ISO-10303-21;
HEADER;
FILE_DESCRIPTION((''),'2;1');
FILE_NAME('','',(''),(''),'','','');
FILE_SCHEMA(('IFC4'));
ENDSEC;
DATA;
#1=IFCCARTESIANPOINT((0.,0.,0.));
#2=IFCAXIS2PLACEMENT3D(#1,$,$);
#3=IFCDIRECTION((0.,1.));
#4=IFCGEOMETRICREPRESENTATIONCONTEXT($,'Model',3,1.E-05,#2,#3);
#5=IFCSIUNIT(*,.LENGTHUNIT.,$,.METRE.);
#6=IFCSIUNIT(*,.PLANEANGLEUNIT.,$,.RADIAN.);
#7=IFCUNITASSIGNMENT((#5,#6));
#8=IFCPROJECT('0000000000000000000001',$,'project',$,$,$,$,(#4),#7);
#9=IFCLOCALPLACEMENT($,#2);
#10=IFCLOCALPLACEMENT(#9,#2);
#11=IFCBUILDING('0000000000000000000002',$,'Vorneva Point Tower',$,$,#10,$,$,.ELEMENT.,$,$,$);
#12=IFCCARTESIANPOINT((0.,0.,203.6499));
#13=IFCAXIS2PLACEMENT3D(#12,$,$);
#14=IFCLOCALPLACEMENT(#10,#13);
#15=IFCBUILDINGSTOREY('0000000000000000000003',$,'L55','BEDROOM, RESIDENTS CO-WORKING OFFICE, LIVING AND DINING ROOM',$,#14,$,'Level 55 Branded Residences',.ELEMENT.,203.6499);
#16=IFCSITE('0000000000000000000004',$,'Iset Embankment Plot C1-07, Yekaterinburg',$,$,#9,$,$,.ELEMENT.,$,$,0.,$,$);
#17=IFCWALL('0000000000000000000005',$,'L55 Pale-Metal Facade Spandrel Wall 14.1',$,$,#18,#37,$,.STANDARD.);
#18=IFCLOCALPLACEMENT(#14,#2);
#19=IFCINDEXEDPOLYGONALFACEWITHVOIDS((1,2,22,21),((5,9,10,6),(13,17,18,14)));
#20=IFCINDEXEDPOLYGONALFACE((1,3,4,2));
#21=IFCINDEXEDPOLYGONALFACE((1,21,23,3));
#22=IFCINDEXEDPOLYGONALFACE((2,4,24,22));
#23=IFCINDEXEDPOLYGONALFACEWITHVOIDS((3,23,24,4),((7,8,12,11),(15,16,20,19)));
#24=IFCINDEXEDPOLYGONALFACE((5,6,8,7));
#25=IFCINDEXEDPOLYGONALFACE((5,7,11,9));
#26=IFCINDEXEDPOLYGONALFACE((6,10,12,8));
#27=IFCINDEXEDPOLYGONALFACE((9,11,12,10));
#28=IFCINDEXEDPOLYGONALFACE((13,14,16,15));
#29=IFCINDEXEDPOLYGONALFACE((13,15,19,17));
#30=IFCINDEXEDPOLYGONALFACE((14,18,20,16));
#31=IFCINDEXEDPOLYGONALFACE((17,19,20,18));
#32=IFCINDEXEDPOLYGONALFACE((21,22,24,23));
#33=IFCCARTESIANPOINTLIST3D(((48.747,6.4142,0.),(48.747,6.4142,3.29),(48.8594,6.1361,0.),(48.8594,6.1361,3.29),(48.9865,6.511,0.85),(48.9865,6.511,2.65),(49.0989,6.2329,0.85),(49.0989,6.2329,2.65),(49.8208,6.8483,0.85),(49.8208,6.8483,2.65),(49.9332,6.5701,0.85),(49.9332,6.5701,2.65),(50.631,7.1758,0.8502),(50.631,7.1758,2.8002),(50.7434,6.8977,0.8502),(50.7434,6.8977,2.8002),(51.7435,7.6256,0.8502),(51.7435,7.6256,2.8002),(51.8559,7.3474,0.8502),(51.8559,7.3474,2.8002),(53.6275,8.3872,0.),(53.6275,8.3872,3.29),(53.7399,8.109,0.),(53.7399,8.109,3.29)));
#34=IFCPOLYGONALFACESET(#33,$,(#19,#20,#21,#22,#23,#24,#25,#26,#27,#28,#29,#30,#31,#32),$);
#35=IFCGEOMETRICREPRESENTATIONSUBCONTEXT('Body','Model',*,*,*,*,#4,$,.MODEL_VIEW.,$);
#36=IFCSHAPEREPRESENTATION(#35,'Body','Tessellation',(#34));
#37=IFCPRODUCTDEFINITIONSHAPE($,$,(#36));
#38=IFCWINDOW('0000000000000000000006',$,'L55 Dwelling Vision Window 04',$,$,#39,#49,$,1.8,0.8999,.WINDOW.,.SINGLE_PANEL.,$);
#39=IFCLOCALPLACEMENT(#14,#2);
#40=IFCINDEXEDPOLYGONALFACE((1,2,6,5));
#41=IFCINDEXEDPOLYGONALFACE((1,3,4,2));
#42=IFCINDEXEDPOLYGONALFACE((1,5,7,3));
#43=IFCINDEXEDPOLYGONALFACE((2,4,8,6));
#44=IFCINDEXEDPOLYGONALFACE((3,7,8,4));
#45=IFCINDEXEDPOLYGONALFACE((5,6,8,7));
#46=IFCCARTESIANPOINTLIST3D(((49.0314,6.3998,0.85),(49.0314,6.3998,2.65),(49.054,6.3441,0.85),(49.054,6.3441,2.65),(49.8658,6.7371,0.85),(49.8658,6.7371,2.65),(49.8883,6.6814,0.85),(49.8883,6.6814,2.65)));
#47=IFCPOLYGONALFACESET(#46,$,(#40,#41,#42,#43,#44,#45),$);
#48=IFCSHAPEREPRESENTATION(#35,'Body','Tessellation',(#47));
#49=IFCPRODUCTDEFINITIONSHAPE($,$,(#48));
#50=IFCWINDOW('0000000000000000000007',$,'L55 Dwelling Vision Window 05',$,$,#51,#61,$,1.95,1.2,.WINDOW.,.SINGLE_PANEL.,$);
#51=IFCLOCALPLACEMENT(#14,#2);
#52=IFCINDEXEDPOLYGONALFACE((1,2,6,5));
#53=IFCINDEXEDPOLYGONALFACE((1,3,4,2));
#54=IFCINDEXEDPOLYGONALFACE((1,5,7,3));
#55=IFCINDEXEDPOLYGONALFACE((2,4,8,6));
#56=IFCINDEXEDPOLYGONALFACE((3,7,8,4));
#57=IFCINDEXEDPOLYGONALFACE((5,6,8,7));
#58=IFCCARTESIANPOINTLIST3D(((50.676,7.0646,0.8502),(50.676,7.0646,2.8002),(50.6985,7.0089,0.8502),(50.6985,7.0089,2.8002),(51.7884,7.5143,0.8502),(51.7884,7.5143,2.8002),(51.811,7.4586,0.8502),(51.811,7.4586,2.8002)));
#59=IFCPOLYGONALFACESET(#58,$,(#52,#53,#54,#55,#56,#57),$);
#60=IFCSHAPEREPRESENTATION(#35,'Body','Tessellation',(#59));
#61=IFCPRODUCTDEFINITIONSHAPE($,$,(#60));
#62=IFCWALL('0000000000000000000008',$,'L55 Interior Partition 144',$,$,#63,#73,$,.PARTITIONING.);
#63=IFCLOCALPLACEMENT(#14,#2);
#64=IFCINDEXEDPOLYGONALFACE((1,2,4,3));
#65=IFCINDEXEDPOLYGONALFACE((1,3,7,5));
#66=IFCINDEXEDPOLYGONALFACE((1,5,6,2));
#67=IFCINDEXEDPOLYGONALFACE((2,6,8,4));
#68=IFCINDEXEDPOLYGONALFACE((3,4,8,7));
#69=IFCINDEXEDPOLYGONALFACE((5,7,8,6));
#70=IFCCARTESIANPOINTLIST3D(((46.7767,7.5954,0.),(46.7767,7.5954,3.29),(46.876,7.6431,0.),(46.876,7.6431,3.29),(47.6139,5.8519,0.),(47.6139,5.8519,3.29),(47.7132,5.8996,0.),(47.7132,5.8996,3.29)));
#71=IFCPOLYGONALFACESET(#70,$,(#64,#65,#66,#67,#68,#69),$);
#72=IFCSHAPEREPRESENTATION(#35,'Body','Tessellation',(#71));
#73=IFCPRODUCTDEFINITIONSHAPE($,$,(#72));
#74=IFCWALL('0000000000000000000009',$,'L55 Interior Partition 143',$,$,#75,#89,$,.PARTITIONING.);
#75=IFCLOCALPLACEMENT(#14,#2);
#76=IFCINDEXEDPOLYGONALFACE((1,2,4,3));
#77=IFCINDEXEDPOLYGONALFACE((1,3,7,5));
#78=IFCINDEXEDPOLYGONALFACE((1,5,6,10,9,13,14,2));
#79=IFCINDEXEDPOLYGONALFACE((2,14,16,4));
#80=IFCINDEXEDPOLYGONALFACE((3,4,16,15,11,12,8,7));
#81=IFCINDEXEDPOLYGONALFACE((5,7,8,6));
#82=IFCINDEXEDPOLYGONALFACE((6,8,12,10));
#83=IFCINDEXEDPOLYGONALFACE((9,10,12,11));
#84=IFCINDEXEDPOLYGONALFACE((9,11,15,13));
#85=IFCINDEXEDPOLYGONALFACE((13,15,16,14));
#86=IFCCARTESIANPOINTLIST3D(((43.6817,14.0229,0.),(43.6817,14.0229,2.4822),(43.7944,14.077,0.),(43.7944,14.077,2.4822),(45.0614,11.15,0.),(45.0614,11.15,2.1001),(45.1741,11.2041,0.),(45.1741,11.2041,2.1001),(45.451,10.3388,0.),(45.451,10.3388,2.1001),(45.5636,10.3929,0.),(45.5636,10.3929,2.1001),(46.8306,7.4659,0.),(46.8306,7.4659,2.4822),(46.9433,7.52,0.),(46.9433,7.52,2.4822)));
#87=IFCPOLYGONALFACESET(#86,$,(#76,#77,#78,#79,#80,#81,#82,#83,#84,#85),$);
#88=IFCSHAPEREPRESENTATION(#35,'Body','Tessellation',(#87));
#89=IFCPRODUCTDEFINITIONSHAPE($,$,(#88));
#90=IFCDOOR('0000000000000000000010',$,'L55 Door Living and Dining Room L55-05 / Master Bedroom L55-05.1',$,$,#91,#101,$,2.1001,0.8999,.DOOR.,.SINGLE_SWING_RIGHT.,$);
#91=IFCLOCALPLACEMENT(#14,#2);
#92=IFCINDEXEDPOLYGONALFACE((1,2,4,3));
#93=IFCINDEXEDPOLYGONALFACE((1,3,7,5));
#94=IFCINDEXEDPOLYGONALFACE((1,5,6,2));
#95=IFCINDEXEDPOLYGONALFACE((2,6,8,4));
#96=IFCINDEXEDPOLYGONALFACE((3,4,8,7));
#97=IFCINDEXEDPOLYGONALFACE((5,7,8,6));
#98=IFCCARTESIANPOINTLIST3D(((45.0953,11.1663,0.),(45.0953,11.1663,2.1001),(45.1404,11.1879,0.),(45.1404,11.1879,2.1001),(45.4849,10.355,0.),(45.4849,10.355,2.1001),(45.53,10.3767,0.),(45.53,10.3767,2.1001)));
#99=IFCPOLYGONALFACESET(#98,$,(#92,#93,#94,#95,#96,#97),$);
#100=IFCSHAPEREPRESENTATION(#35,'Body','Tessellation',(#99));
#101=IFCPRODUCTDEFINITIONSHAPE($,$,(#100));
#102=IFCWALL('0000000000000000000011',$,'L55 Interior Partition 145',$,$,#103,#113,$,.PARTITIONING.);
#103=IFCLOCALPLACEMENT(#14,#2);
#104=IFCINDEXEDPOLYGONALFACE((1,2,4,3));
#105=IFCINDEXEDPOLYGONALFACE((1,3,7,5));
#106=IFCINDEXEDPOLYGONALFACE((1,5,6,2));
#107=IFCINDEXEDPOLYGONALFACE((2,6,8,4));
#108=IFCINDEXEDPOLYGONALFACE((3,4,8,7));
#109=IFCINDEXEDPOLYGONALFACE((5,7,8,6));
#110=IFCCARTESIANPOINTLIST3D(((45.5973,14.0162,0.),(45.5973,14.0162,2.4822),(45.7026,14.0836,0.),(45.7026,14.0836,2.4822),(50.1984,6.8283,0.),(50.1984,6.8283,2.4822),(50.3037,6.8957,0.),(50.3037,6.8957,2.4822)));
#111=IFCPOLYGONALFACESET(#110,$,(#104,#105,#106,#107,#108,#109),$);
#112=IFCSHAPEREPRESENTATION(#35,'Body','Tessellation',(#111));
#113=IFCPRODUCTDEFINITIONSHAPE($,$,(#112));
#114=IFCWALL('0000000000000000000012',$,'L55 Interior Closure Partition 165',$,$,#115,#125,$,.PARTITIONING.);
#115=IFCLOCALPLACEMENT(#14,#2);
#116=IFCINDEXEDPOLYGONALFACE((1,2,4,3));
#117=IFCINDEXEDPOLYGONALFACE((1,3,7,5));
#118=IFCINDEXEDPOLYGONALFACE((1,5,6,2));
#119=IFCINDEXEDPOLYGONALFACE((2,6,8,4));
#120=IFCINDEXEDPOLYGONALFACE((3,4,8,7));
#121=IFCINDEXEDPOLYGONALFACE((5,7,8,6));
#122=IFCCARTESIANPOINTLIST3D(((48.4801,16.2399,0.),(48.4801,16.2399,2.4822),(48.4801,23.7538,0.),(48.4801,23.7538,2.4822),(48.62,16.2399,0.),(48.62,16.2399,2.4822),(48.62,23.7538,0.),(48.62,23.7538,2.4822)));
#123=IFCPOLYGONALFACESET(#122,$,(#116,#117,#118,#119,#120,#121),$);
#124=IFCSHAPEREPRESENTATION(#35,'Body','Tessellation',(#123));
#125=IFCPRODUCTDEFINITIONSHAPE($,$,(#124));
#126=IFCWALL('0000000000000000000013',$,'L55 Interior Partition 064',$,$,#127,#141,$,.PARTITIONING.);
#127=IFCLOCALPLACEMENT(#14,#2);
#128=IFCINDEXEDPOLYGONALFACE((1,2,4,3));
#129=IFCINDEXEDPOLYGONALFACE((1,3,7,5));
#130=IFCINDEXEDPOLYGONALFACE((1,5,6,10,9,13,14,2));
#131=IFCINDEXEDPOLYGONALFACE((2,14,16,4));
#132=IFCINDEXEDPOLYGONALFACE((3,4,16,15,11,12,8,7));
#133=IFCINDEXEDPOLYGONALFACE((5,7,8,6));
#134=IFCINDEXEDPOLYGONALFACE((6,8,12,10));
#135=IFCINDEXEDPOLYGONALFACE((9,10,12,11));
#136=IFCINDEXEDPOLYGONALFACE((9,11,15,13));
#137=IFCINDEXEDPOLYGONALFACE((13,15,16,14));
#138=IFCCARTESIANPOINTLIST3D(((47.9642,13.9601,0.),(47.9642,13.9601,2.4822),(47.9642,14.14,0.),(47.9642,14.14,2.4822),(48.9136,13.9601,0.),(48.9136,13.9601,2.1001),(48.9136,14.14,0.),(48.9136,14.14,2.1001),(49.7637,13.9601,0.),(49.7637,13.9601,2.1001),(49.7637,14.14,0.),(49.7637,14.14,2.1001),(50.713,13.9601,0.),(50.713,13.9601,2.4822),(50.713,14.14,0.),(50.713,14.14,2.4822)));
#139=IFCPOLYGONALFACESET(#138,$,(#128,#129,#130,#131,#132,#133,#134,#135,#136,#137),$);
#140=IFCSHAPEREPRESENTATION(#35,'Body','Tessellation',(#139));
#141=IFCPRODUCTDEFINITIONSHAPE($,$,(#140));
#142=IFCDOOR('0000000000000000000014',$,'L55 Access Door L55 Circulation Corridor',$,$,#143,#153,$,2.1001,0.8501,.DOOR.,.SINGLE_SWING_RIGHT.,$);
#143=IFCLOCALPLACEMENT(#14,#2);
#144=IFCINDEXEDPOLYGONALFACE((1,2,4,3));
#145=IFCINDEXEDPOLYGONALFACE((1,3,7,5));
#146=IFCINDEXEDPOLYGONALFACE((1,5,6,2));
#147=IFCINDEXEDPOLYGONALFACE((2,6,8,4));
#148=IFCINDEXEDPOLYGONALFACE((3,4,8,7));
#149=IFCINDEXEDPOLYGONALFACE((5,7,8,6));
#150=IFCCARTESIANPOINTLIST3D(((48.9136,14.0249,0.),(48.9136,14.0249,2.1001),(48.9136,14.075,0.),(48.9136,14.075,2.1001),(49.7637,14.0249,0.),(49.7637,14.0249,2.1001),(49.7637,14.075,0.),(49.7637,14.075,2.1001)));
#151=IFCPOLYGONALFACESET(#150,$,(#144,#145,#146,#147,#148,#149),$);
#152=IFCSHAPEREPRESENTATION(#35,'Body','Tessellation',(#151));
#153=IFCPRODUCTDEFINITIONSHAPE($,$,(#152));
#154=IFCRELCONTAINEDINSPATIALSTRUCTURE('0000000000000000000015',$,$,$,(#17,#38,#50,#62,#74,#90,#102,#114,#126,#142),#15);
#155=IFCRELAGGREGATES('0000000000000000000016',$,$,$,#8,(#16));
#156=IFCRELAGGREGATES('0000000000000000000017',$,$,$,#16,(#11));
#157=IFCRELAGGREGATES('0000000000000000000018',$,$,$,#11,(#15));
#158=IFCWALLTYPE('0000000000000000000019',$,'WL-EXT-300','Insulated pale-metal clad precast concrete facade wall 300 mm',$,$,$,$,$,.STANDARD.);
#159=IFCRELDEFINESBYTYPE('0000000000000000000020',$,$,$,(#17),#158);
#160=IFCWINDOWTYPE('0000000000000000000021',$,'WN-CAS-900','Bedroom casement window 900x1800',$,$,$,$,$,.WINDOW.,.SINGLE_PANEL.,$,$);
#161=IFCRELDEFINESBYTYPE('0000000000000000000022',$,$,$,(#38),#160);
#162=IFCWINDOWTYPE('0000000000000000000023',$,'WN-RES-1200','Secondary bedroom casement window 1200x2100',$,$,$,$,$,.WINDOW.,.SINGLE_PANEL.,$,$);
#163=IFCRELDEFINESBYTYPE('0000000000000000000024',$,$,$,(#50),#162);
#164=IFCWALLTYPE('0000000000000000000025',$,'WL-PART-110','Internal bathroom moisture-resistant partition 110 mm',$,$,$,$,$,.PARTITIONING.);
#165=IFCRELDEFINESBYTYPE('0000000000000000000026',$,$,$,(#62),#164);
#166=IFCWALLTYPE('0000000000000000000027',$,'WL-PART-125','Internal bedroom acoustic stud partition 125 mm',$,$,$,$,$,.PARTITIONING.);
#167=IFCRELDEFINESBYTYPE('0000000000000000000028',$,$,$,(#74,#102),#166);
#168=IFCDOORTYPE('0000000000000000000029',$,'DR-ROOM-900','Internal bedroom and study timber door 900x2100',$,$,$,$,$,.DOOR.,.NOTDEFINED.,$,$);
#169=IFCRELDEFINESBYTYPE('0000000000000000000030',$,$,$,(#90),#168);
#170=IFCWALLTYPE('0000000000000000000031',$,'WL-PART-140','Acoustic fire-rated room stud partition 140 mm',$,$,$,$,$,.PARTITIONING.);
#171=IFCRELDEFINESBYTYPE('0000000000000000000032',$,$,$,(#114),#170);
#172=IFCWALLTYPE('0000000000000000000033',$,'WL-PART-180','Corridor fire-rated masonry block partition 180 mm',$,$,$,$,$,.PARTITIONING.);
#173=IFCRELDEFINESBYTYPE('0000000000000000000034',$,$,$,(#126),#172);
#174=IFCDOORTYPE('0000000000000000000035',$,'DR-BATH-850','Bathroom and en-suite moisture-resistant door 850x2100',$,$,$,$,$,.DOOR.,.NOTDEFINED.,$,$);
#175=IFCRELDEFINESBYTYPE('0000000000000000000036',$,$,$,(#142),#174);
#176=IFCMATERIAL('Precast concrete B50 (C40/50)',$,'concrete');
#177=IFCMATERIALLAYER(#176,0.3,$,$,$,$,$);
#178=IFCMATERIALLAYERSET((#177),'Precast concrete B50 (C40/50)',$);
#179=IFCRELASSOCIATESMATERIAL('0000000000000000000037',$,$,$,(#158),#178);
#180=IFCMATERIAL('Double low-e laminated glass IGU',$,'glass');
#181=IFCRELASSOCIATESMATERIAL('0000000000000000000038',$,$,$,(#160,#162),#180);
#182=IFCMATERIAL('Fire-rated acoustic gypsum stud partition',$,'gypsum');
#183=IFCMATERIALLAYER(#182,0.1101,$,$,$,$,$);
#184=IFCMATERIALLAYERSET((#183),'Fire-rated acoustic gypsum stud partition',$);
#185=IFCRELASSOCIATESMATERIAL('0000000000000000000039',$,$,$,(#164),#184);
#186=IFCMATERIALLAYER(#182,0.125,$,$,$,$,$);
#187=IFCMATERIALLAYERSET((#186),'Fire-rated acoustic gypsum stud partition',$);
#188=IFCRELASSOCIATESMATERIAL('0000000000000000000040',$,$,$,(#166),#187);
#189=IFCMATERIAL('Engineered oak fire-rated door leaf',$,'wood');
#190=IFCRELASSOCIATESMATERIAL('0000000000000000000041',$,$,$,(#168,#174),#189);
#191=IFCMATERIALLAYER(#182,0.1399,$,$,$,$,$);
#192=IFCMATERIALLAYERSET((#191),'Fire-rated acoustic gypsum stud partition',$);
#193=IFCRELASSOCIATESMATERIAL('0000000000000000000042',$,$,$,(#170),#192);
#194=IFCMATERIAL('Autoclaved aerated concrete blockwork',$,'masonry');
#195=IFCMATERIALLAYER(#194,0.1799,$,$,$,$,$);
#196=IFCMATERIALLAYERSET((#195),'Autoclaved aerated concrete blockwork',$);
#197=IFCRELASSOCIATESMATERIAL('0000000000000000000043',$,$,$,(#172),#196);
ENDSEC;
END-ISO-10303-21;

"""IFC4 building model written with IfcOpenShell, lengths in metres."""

from ifc_helpers import new_model, si_unit, direction, frame, frame_2d, origin, place, context, subcontext, project, spatial, rectangle, extrude, material, layer, layer_set, type_object, element, fill, save


model = new_model("IFC4")

# Units and contexts
model_context = context("Model", 3, precision=1e-05, world=origin(), true_north=direction((0.0, 1.0)))
body_context = subcontext(model_context, "Body", "Model", "MODEL_VIEW")
ifc_project = project(units=[si_unit("LENGTHUNIT", "METRE"), si_unit("PLANEANGLEUNIT", "RADIAN")], contexts=[model_context])

# Site, building, storey
site_placement = place(None, origin())
site = spatial("IfcSite", under=ifc_project, at=site_placement, Name="Iset Embankment Plot C1-07, Yekaterinburg", CompositionType="ELEMENT", RefElevation=0.0)
building_placement = place(site_placement, origin())
building = spatial("IfcBuilding", under=site, at=building_placement, Name="Vorneva Point Tower", CompositionType="ELEMENT")
storey_placement = place(building_placement, frame((0.0, 0.0, 203.6499)))
storey = spatial("IfcBuildingStorey", under=building, at=storey_placement, Name="L55", Description="BEDROOM, RESIDENTS CO-WORKING OFFICE, LIVING AND DINING ROOM", LongName="Level 55 Branded Residences", CompositionType="ELEMENT", Elevation=203.6499)

# Wall, openings, windows
ifc_material_1 = material(Name="Precast concrete B50 (C40/50)", Category="concrete")
ifc_layer_1 = layer(ifc_material_1, 0.3)
ifc_layer_set_1 = layer_set([ifc_layer_1], Name="Precast concrete B50 (C40/50)")
wall_type_1 = type_object("IfcWallType", Name="WL-EXT-300", Description="Insulated pale-metal clad precast concrete facade wall 300 mm", PredefinedType="STANDARD", material=ifc_layer_set_1)
wall_1_placement = place(storey_placement, frame((48.8032, 6.2751, 0.0), z_axis=(0.0, 0.0, 1.0), x_axis=(0.927111, 0.374787, 0.0)))
wall_1 = element("IfcWall", 1, at=wall_1_placement, inside=storey, type_object=wall_type_1, Name="L55 Pale-Metal Facade Spandrel Wall 14.1", PredefinedType="STANDARD", context=body_context, shape_type="SweptSolid", body=[
    extrude(rectangle(XDim=5.2642, YDim=0.3, at=frame_2d((2.6321, 0.0))), origin(), (0.0, 0.0, 1.0), 3.29),
])
opening_1_placement = place(wall_1_placement, frame((0.2583, 0.0, 0.8501)))
opening_1 = element("IfcOpeningElement", 2, at=opening_1_placement, cuts=wall_1, PredefinedType="OPENING", context=body_context, shape_type="SweptSolid", body=[
    extrude(rectangle(XDim=0.8999, YDim=1.8, at=frame_2d((0.45, 0.8999))), frame((0.0, 0.165, 0.0), z_axis=(0.0, -1.0, 0.0), x_axis=(1.0, 0.0, 0.0)), (0.0, 0.0, 1.0), 0.3298),
])
opening_2_placement = place(wall_1_placement, frame((2.032, 0.0, 0.8501)))
opening_2 = element("IfcOpeningElement", 3, at=opening_2_placement, cuts=wall_1, PredefinedType="OPENING", context=body_context, shape_type="SweptSolid", body=[
    extrude(rectangle(XDim=1.2, YDim=1.95, at=frame_2d((0.6001, 0.9751))), frame((0.0, 0.165, 0.0), z_axis=(0.0, -1.0, 0.0), x_axis=(1.0, 0.0, 0.0)), (0.0, 0.0, 1.0), 0.3298),
])
ifc_material_2 = material(Name="Double low-e laminated glass IGU", Category="glass")
window_type_1 = type_object("IfcWindowType", Name="WN-CAS-900", Description="Bedroom casement window 900x1800", PartitioningType="SINGLE_PANEL", PredefinedType="WINDOW", material=ifc_material_2)
window_1_placement = place(opening_1_placement, origin())
window_1 = element("IfcWindow", 4, at=window_1_placement, inside=storey, type_object=window_type_1, Name="L55 Dwelling Vision Window 04", OverallHeight=1.8, OverallWidth=0.8999, PartitioningType="SINGLE_PANEL", PredefinedType="WINDOW", context=body_context, shape_type="SweptSolid", body=[
    extrude(rectangle(XDim=0.8999, YDim=1.8, at=frame_2d((0.45, 0.8999))), frame((0.0, 0.03, 0.0), z_axis=(0.0, -1.0, 0.0), x_axis=(1.0, 0.0, 0.0)), (0.0, 0.0, 1.0), 0.0601),
])
fill(opening_1, window_1)
window_type_2 = type_object("IfcWindowType", Name="WN-RES-1200", Description="Secondary bedroom casement window 1200x2100", PartitioningType="SINGLE_PANEL", PredefinedType="WINDOW", material=ifc_material_2)
window_2_placement = place(opening_2_placement, origin())
window_2 = element("IfcWindow", 5, at=window_2_placement, inside=storey, type_object=window_type_2, Name="L55 Dwelling Vision Window 05", OverallHeight=1.95, OverallWidth=1.2, PartitioningType="SINGLE_PANEL", PredefinedType="WINDOW", context=body_context, shape_type="SweptSolid", body=[
    extrude(rectangle(XDim=1.2, YDim=1.95, at=frame_2d((0.6001, 0.9751))), frame((0.0, 0.03, 0.0), z_axis=(0.0, -1.0, 0.0), x_axis=(1.0, 0.0, 0.0)), (0.0, 0.0, 1.0), 0.0601),
])
fill(opening_2, window_2)

# Wall
ifc_material_3 = material(Name="Fire-rated acoustic gypsum stud partition", Category="gypsum")
ifc_layer_2 = layer(ifc_material_3, 0.1101)
ifc_layer_set_2 = layer_set([ifc_layer_2], Name="Fire-rated acoustic gypsum stud partition")
wall_type_2 = type_object("IfcWallType", Name="WL-PART-110", Description="Internal bathroom moisture-resistant partition 110 mm", PredefinedType="PARTITIONING", material=ifc_layer_set_2)
wall_2_placement = place(storey_placement, frame((47.6636, 5.8757, 0.0), z_axis=(0.0, 0.0, 1.0), x_axis=(-0.432866, 0.901458, 0.0)))
element("IfcWall", 6, at=wall_2_placement, inside=storey, type_object=wall_type_2, Name="L55 Interior Partition 144", PredefinedType="PARTITIONING", context=body_context, shape_type="SweptSolid", body=[
    extrude(rectangle(XDim=1.9341, YDim=0.1101, at=frame_2d((0.967, 0.0))), origin(), (0.0, 0.0, 1.0), 3.29),
])

# Wall, opening, door
ifc_layer_3 = layer(ifc_material_3, 0.125)
ifc_layer_set_3 = layer_set([ifc_layer_3], Name="Fire-rated acoustic gypsum stud partition")
wall_type_3 = type_object("IfcWallType", Name="WL-PART-125", Description="Internal bedroom acoustic stud partition 125 mm", PredefinedType="PARTITIONING", material=ifc_layer_set_3)
wall_3_placement = place(storey_placement, frame((46.887, 7.4929, 0.0), z_axis=(0.0, 0.0, 1.0), x_axis=(-0.432899, 0.901442, 0.0)))
wall_3 = element("IfcWall", 7, at=wall_3_placement, inside=storey, type_object=wall_type_3, Name="L55 Interior Partition 143", PredefinedType="PARTITIONING", context=body_context, shape_type="SweptSolid", body=[
    extrude(rectangle(XDim=7.2739, YDim=0.125, at=frame_2d((3.637, 0.0))), origin(), (0.0, 0.0, 1.0), 2.4822),
])
opening_3_placement = place(wall_3_placement, frame((3.187, 0.0, 0.0)))
opening_3 = element("IfcOpeningElement", 8, at=opening_3_placement, cuts=wall_3, PredefinedType="OPENING", context=body_context, shape_type="SweptSolid", body=[
    extrude(rectangle(XDim=0.8999, YDim=2.1001, at=frame_2d((0.45, 1.05))), frame((0.0, 0.0774, 0.0), z_axis=(0.0, -1.0, 0.0), x_axis=(1.0, 0.0, 0.0)), (0.0, 0.0, 1.0), 0.1548),
])
ifc_material_4 = material(Name="Engineered oak fire-rated door leaf", Category="wood")
door_type_1 = type_object("IfcDoorType", Name="DR-ROOM-900", Description="Internal bedroom and study timber door 900x2100", OperationType="NOTDEFINED", PredefinedType="DOOR", material=ifc_material_4)
door_1_placement = place(opening_3_placement, origin())
door_1 = element("IfcDoor", 9, at=door_1_placement, inside=storey, type_object=door_type_1, Name="L55 Door Living and Dining Room L55-05 / Master Bedroom L55-05.1", OperationType="SINGLE_SWING_RIGHT", OverallHeight=2.1001, OverallWidth=0.8999, PredefinedType="DOOR", context=body_context, shape_type="SweptSolid", body=[
    extrude(rectangle(XDim=0.8999, YDim=2.1001, at=frame_2d((0.45, 1.05))), frame((0.0, 0.0249, 0.0), z_axis=(0.0, -1.0, 0.0), x_axis=(1.0, 0.0, 0.0)), (0.0, 0.0, 1.0), 0.05),
])
fill(opening_3, door_1)

# Walls
wall_4_placement = place(storey_placement, frame((50.251, 6.8621, 0.0), z_axis=(0.0, 0.0, 1.0), x_axis=(-0.539117, 0.842231, 0.0)))
element("IfcWall", 10, at=wall_4_placement, inside=storey, type_object=wall_type_3, Name="L55 Interior Partition 145", PredefinedType="PARTITIONING", context=body_context, shape_type="SweptSolid", body=[
    extrude(rectangle(XDim=8.5344, YDim=0.125, at=frame_2d((4.2671, 0.0))), origin(), (0.0, 0.0, 1.0), 2.4822),
])
ifc_layer_4 = layer(ifc_material_3, 0.1399)
ifc_layer_set_4 = layer_set([ifc_layer_4], Name="Fire-rated acoustic gypsum stud partition")
wall_type_4 = type_object("IfcWallType", Name="WL-PART-140", Description="Acoustic fire-rated room stud partition 140 mm", PredefinedType="PARTITIONING", material=ifc_layer_set_4)
wall_5_placement = place(storey_placement, frame((48.55, 16.24, 0.0), z_axis=(0.0, 0.0, 1.0), x_axis=(0.0, 1.0, 0.0)))
element("IfcWall", 11, at=wall_5_placement, inside=storey, type_object=wall_type_4, Name="L55 Interior Closure Partition 165", PredefinedType="PARTITIONING", context=body_context, shape_type="SweptSolid", body=[
    extrude(rectangle(XDim=7.5139, YDim=0.1399, at=frame_2d((3.7568, 0.0))), origin(), (0.0, 0.0, 1.0), 2.4822),
])

# Wall, opening, door
ifc_material_5 = material(Name="Autoclaved aerated concrete blockwork", Category="masonry")
ifc_layer_5 = layer(ifc_material_5, 0.1799)
ifc_layer_set_5 = layer_set([ifc_layer_5], Name="Autoclaved aerated concrete blockwork")
wall_type_5 = type_object("IfcWallType", Name="WL-PART-180", Description="Corridor fire-rated masonry block partition 180 mm", PredefinedType="PARTITIONING", material=ifc_layer_set_5)
wall_6_placement = place(storey_placement, frame((47.9641, 14.05, 0.0), z_axis=(0.0, 0.0, 1.0), x_axis=(1.0, 0.0, 0.0)))
wall_6 = element("IfcWall", 12, at=wall_6_placement, inside=storey, type_object=wall_type_5, Name="L55 Interior Partition 064", PredefinedType="PARTITIONING", context=body_context, shape_type="SweptSolid", body=[
    extrude(rectangle(XDim=2.7488, YDim=0.1799, at=frame_2d((1.3745, 0.0))), origin(), (0.0, 0.0, 1.0), 2.4822),
])
opening_4_placement = place(wall_6_placement, frame((0.9495, 0.0, 0.0)))
opening_4 = element("IfcOpeningElement", 13, at=opening_4_placement, cuts=wall_6, PredefinedType="OPENING", context=body_context, shape_type="SweptSolid", body=[
    extrude(rectangle(XDim=0.8501, YDim=2.1001, at=frame_2d((0.425, 1.05))), frame((0.0, 0.105, 0.0), z_axis=(0.0, -1.0, 0.0), x_axis=(1.0, 0.0, 0.0)), (0.0, 0.0, 1.0), 0.2097),
])
door_type_2 = type_object("IfcDoorType", Name="DR-BATH-850", Description="Bathroom and en-suite moisture-resistant door 850x2100", OperationType="NOTDEFINED", PredefinedType="DOOR", material=ifc_material_4)
door_2_placement = place(opening_4_placement, origin())
door_2 = element("IfcDoor", 14, at=door_2_placement, inside=storey, type_object=door_type_2, Name="L55 Access Door L55 Circulation Corridor", OperationType="SINGLE_SWING_RIGHT", OverallHeight=2.1001, OverallWidth=0.8501, PredefinedType="DOOR", context=body_context, shape_type="SweptSolid", body=[
    extrude(rectangle(XDim=0.8501, YDim=2.1001, at=frame_2d((0.425, 1.05))), frame((0.0, 0.0249, 0.0), z_axis=(0.0, -1.0, 0.0), x_axis=(1.0, 0.0, 0.0)), (0.0, 0.0, 1.0), 0.05),
])
fill(opening_4, door_2)

save(model, "model.ifc")
